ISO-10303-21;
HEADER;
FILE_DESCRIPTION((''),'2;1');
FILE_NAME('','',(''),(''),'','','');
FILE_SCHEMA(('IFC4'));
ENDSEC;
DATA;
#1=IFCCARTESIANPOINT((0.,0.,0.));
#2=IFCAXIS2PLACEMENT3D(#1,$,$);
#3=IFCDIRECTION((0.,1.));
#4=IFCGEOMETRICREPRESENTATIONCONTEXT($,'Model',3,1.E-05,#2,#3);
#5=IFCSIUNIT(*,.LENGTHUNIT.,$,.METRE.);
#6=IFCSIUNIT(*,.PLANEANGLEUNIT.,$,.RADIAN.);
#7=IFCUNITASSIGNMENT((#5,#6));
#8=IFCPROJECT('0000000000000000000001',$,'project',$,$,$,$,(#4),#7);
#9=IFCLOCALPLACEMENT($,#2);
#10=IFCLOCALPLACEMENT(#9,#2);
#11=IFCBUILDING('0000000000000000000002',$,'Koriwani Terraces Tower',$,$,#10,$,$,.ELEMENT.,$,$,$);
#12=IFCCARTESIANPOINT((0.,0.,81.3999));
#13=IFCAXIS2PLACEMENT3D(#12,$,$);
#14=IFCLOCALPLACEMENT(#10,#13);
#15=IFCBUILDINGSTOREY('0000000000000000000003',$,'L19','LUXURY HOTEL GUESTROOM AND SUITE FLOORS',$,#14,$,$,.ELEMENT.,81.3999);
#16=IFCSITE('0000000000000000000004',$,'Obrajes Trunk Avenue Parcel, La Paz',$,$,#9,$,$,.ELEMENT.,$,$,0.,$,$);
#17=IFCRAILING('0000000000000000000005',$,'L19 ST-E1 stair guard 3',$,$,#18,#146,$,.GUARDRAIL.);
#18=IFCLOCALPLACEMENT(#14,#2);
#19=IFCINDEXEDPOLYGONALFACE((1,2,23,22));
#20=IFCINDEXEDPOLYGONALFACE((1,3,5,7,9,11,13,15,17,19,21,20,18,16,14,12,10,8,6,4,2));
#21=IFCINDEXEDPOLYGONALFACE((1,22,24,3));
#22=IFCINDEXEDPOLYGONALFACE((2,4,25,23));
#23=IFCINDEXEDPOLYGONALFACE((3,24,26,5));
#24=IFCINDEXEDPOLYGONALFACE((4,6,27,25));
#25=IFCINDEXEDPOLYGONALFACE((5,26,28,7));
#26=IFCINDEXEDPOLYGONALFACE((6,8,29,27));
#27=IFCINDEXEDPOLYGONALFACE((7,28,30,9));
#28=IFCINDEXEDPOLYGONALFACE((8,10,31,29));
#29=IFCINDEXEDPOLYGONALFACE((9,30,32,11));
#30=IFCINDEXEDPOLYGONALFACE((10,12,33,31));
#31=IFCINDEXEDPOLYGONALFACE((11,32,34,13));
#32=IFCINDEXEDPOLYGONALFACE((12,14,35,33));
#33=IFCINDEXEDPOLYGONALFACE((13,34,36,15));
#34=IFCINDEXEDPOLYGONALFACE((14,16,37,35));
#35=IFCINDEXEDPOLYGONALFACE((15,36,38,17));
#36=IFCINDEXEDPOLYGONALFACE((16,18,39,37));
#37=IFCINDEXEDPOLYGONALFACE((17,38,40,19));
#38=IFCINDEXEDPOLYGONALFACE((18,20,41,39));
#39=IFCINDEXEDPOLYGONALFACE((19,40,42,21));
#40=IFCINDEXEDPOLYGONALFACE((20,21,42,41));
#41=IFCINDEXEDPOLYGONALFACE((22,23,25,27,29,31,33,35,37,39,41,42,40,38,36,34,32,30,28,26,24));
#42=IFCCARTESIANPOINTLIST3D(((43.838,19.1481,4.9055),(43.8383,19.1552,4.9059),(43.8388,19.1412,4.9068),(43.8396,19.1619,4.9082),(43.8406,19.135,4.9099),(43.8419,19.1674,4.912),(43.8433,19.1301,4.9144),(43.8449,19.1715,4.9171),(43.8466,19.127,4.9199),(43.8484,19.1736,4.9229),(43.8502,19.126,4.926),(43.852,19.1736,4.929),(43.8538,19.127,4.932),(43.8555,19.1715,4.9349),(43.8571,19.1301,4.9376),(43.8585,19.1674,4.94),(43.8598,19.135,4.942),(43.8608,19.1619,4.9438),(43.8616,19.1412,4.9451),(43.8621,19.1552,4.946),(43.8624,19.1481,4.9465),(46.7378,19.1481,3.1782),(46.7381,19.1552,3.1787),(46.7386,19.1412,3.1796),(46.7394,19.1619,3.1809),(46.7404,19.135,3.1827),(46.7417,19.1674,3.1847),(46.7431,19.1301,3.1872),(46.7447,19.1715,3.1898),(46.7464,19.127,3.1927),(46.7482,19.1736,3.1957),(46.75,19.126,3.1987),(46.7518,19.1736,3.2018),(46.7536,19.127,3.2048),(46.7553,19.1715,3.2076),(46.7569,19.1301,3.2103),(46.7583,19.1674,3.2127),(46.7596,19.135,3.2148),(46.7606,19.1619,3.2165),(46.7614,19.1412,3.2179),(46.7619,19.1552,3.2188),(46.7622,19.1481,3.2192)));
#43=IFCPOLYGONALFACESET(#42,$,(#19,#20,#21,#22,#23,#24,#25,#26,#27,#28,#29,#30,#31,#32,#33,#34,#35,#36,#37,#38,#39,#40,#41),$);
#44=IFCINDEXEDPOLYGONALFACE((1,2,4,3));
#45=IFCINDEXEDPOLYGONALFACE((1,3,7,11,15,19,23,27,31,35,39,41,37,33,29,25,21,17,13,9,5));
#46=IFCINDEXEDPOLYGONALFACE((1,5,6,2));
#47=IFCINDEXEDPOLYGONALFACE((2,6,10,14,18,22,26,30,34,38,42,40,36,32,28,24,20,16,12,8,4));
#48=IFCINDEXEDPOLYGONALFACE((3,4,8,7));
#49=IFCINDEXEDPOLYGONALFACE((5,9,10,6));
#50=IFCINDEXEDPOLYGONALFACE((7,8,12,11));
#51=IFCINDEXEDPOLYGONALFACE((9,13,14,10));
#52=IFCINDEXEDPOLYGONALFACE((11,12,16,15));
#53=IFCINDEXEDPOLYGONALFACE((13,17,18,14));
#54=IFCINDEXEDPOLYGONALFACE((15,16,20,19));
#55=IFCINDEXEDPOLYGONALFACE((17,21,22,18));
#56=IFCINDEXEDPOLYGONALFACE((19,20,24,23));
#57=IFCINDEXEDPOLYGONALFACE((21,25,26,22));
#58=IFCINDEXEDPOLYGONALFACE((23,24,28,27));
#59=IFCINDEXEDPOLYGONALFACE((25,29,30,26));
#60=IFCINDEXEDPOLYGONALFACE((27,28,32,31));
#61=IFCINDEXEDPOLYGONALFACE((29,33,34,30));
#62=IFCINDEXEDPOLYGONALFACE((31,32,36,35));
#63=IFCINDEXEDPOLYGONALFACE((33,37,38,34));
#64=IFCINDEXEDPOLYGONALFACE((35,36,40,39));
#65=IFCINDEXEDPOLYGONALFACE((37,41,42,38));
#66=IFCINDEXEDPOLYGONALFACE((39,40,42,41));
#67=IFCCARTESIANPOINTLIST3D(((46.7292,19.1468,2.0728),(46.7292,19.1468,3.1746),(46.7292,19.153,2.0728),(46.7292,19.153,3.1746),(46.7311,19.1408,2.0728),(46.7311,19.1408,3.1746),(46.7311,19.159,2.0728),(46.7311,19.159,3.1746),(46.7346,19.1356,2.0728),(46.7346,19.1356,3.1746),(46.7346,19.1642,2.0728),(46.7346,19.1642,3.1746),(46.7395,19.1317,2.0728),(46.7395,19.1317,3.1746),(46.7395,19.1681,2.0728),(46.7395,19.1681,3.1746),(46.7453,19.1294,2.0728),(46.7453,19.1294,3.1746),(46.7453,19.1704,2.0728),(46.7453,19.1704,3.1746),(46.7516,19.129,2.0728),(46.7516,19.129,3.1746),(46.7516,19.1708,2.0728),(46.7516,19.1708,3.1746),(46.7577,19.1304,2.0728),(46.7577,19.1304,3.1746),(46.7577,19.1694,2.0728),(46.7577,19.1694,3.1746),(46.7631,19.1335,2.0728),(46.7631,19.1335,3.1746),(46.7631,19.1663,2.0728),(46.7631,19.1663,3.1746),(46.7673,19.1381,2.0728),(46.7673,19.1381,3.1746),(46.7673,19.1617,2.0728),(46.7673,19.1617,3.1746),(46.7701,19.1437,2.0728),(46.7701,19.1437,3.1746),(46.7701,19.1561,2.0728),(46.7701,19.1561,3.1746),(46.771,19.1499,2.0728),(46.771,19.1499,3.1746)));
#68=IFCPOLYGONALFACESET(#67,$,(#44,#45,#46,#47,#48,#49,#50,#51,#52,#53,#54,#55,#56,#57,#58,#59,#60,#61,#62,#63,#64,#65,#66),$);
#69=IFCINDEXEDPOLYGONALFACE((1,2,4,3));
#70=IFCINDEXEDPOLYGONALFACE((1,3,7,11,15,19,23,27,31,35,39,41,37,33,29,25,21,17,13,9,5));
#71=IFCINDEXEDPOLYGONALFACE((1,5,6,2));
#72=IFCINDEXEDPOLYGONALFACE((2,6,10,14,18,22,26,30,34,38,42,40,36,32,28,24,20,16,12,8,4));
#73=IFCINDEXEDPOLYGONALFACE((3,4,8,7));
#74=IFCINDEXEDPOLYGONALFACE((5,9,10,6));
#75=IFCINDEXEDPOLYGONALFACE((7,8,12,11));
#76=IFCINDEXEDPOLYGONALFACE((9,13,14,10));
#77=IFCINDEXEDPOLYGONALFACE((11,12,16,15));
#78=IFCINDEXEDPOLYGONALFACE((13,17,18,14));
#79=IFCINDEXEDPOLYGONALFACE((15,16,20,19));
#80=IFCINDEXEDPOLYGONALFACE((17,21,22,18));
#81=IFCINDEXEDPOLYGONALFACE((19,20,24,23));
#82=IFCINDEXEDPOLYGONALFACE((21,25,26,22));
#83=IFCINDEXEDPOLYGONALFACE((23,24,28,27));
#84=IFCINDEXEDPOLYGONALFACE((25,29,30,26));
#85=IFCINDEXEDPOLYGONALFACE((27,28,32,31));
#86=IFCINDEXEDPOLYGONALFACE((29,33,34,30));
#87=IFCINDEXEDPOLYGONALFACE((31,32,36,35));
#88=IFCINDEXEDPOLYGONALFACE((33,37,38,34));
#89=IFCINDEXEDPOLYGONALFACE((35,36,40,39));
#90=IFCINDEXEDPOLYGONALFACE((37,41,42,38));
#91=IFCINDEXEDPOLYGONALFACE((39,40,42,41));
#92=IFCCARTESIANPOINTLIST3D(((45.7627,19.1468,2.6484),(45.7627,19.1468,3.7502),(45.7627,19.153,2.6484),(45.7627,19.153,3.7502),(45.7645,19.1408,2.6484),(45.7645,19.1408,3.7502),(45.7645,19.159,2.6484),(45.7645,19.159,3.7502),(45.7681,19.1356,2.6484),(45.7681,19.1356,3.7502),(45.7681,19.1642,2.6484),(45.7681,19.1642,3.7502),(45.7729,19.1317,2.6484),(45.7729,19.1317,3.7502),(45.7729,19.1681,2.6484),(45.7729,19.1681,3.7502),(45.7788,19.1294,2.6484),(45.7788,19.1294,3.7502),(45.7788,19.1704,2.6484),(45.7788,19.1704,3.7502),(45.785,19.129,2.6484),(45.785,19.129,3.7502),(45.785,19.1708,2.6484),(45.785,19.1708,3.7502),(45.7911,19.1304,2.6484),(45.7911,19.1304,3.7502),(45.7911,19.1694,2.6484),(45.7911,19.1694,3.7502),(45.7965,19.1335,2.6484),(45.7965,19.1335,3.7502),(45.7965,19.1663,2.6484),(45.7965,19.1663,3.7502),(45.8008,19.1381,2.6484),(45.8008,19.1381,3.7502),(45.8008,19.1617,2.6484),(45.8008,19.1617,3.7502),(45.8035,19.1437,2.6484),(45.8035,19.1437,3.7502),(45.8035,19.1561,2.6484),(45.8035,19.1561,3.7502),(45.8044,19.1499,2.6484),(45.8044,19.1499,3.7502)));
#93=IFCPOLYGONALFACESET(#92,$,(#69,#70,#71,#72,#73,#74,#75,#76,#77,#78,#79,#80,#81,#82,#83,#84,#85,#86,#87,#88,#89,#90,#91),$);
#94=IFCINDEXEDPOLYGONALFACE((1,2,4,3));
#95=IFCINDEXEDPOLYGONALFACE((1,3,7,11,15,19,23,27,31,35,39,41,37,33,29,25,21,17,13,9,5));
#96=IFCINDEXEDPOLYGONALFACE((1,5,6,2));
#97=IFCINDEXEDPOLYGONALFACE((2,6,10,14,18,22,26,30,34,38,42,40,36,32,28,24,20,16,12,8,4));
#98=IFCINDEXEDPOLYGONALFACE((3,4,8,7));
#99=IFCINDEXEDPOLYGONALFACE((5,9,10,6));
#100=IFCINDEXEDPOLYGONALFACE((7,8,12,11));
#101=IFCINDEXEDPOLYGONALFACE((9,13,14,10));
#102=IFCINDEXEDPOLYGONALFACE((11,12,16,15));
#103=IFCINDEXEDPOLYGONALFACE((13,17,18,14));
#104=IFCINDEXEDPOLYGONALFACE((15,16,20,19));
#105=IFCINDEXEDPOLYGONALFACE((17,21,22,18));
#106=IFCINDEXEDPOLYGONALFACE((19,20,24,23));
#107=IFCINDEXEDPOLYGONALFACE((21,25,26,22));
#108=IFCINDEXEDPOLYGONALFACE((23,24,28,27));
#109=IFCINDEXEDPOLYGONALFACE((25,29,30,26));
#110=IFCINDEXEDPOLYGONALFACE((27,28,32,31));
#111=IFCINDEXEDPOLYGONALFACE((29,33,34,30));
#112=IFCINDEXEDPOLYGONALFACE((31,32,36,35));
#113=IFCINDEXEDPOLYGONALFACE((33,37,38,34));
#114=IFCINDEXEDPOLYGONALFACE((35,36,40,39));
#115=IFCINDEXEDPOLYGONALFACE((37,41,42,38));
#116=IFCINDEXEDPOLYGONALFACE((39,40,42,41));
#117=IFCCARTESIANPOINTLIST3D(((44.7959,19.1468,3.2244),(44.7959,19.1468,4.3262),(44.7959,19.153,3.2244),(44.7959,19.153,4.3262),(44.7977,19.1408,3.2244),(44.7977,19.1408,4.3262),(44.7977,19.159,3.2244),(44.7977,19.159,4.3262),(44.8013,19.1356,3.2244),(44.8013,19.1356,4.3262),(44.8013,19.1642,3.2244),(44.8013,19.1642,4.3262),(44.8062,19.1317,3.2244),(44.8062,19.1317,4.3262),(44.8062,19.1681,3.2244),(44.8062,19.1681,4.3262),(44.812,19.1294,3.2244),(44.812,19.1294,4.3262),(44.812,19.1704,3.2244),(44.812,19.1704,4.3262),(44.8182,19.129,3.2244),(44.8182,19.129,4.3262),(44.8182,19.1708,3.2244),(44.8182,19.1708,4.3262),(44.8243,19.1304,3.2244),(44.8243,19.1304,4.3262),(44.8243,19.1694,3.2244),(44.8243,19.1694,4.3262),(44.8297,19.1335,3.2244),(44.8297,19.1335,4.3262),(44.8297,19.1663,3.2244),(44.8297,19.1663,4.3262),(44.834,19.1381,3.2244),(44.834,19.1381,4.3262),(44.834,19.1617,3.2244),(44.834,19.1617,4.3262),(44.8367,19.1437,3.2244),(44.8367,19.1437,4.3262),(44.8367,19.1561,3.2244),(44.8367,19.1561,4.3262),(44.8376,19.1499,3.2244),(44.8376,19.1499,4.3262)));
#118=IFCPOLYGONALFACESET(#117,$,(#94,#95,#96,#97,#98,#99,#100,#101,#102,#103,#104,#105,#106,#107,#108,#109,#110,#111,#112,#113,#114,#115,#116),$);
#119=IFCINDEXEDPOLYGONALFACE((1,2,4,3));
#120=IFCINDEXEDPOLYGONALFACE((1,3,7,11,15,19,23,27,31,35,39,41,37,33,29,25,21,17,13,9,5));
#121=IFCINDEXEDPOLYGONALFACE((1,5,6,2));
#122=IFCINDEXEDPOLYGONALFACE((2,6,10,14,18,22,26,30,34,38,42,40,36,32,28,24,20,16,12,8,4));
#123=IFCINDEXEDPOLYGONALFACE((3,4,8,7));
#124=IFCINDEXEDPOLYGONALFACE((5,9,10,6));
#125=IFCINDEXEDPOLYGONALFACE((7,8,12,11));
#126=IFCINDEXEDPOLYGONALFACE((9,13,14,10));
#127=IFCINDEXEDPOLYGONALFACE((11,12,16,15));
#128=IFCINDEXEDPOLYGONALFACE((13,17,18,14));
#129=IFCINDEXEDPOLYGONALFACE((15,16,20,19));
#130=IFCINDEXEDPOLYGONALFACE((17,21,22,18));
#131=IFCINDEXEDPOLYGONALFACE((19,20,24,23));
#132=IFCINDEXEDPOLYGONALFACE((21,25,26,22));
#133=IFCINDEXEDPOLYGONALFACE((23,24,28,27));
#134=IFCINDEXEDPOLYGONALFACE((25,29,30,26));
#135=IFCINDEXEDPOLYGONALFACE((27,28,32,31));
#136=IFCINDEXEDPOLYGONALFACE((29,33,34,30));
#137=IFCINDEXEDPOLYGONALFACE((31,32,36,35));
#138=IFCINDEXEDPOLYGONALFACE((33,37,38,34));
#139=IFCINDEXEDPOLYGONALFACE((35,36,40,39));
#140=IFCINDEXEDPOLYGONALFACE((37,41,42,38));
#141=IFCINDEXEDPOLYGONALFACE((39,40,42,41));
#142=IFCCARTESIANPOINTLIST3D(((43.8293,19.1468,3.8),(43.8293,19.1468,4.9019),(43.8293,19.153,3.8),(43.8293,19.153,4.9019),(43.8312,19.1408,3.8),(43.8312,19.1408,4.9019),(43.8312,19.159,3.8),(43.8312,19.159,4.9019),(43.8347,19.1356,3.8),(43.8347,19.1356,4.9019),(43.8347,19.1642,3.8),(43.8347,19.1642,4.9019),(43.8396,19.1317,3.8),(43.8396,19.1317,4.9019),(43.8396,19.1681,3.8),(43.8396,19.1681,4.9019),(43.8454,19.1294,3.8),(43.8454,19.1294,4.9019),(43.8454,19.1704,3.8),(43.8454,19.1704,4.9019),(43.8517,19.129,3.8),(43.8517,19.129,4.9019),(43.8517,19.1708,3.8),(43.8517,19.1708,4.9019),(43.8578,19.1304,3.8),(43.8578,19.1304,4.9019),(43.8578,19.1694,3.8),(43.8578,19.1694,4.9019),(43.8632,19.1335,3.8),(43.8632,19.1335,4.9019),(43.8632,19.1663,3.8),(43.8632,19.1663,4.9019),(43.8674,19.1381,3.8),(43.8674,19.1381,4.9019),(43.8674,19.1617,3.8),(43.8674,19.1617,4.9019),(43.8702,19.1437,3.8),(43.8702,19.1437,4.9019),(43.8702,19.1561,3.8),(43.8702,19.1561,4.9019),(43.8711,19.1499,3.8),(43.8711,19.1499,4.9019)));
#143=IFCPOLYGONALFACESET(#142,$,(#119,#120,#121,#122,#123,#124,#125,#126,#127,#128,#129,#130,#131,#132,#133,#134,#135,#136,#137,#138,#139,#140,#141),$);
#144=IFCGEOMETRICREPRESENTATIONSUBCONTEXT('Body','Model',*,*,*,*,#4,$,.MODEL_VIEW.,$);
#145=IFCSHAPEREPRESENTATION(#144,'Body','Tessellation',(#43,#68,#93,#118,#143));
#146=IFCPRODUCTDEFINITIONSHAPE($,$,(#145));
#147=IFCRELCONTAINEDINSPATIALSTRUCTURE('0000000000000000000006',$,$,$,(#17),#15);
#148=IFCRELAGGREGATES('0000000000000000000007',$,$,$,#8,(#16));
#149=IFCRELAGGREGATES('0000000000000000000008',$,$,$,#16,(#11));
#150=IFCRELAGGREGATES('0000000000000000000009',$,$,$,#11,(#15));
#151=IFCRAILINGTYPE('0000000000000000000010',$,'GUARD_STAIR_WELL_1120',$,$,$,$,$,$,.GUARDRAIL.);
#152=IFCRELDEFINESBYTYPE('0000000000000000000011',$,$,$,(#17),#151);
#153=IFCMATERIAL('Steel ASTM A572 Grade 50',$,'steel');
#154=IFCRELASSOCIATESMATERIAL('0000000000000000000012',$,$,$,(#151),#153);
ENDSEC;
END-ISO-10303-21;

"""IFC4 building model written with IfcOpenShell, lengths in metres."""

from ifc_helpers import new_model, si_unit, direction, frame, origin, origin_2d, place, context, subcontext, project, spatial, circle, extrude, material, type_object, element, save


model = new_model("IFC4")

# Units and contexts
model_context = context("Model", 3, precision=1e-05, world=origin(), true_north=direction((0.0, 1.0)))
body_context = subcontext(model_context, "Body", "Model", "MODEL_VIEW")
ifc_project = project(units=[si_unit("LENGTHUNIT", "METRE"), si_unit("PLANEANGLEUNIT", "RADIAN")], contexts=[model_context])

# Site, building, storey
site_placement = place(None, origin())
site = spatial("IfcSite", under=ifc_project, at=site_placement, Name="Obrajes Trunk Avenue Parcel, La Paz", CompositionType="ELEMENT", RefElevation=0.0)
building_placement = place(site_placement, origin())
building = spatial("IfcBuilding", under=site, at=building_placement, Name="Koriwani Terraces Tower", CompositionType="ELEMENT")
storey_placement = place(building_placement, frame((0.0, 0.0, 81.3999)))
storey = spatial("IfcBuildingStorey", under=building, at=storey_placement, Name="L19", Description="LUXURY HOTEL GUESTROOM AND SUITE FLOORS", CompositionType="ELEMENT", Elevation=81.3999)

# Shared definitions
ifc_material_1 = material(Name="Steel ASTM A572 Grade 50", Category="steel")

# Railing
railing_type_1 = type_object("IfcRailingType", Name="GUARD_STAIR_WELL_1120", PredefinedType="GUARDRAIL", material=ifc_material_1)
railing_1_placement = place(storey_placement, frame((46.75, 19.1499, 2.0728)))
element("IfcRailing", 1, at=railing_1_placement, inside=storey, type_object=railing_type_1, Name="L19 ST-E1 stair guard 3", PredefinedType="GUARDRAIL", context=body_context, shape_type="SweptSolid", body=[
    extrude(circle(Radius=0.0239, at=origin_2d()), frame((0.0, 0.0, 1.126), z_axis=(-0.859141, 0.0, 0.511738), x_axis=(0.0, -1.0, 0.0)), (0.0, 0.0, 1.0), 3.3752),
    extrude(circle(Radius=0.021, at=origin_2d()), origin(), (0.0, 0.0, 1.0), 1.1018),
    extrude(circle(Radius=0.021, at=origin_2d()), frame((-0.9666, 0.0, 0.5757)), (0.0, 0.0, 1.0), 1.1018),
    extrude(circle(Radius=0.021, at=origin_2d()), frame((-1.9333, 0.0, 1.1516)), (0.0, 0.0, 1.0), 1.1018),
    extrude(circle(Radius=0.021, at=origin_2d()), frame((-2.8999, 0.0, 1.7273)), (0.0, 0.0, 1.0), 1.1018),
])

save(model, "model.ifc")
